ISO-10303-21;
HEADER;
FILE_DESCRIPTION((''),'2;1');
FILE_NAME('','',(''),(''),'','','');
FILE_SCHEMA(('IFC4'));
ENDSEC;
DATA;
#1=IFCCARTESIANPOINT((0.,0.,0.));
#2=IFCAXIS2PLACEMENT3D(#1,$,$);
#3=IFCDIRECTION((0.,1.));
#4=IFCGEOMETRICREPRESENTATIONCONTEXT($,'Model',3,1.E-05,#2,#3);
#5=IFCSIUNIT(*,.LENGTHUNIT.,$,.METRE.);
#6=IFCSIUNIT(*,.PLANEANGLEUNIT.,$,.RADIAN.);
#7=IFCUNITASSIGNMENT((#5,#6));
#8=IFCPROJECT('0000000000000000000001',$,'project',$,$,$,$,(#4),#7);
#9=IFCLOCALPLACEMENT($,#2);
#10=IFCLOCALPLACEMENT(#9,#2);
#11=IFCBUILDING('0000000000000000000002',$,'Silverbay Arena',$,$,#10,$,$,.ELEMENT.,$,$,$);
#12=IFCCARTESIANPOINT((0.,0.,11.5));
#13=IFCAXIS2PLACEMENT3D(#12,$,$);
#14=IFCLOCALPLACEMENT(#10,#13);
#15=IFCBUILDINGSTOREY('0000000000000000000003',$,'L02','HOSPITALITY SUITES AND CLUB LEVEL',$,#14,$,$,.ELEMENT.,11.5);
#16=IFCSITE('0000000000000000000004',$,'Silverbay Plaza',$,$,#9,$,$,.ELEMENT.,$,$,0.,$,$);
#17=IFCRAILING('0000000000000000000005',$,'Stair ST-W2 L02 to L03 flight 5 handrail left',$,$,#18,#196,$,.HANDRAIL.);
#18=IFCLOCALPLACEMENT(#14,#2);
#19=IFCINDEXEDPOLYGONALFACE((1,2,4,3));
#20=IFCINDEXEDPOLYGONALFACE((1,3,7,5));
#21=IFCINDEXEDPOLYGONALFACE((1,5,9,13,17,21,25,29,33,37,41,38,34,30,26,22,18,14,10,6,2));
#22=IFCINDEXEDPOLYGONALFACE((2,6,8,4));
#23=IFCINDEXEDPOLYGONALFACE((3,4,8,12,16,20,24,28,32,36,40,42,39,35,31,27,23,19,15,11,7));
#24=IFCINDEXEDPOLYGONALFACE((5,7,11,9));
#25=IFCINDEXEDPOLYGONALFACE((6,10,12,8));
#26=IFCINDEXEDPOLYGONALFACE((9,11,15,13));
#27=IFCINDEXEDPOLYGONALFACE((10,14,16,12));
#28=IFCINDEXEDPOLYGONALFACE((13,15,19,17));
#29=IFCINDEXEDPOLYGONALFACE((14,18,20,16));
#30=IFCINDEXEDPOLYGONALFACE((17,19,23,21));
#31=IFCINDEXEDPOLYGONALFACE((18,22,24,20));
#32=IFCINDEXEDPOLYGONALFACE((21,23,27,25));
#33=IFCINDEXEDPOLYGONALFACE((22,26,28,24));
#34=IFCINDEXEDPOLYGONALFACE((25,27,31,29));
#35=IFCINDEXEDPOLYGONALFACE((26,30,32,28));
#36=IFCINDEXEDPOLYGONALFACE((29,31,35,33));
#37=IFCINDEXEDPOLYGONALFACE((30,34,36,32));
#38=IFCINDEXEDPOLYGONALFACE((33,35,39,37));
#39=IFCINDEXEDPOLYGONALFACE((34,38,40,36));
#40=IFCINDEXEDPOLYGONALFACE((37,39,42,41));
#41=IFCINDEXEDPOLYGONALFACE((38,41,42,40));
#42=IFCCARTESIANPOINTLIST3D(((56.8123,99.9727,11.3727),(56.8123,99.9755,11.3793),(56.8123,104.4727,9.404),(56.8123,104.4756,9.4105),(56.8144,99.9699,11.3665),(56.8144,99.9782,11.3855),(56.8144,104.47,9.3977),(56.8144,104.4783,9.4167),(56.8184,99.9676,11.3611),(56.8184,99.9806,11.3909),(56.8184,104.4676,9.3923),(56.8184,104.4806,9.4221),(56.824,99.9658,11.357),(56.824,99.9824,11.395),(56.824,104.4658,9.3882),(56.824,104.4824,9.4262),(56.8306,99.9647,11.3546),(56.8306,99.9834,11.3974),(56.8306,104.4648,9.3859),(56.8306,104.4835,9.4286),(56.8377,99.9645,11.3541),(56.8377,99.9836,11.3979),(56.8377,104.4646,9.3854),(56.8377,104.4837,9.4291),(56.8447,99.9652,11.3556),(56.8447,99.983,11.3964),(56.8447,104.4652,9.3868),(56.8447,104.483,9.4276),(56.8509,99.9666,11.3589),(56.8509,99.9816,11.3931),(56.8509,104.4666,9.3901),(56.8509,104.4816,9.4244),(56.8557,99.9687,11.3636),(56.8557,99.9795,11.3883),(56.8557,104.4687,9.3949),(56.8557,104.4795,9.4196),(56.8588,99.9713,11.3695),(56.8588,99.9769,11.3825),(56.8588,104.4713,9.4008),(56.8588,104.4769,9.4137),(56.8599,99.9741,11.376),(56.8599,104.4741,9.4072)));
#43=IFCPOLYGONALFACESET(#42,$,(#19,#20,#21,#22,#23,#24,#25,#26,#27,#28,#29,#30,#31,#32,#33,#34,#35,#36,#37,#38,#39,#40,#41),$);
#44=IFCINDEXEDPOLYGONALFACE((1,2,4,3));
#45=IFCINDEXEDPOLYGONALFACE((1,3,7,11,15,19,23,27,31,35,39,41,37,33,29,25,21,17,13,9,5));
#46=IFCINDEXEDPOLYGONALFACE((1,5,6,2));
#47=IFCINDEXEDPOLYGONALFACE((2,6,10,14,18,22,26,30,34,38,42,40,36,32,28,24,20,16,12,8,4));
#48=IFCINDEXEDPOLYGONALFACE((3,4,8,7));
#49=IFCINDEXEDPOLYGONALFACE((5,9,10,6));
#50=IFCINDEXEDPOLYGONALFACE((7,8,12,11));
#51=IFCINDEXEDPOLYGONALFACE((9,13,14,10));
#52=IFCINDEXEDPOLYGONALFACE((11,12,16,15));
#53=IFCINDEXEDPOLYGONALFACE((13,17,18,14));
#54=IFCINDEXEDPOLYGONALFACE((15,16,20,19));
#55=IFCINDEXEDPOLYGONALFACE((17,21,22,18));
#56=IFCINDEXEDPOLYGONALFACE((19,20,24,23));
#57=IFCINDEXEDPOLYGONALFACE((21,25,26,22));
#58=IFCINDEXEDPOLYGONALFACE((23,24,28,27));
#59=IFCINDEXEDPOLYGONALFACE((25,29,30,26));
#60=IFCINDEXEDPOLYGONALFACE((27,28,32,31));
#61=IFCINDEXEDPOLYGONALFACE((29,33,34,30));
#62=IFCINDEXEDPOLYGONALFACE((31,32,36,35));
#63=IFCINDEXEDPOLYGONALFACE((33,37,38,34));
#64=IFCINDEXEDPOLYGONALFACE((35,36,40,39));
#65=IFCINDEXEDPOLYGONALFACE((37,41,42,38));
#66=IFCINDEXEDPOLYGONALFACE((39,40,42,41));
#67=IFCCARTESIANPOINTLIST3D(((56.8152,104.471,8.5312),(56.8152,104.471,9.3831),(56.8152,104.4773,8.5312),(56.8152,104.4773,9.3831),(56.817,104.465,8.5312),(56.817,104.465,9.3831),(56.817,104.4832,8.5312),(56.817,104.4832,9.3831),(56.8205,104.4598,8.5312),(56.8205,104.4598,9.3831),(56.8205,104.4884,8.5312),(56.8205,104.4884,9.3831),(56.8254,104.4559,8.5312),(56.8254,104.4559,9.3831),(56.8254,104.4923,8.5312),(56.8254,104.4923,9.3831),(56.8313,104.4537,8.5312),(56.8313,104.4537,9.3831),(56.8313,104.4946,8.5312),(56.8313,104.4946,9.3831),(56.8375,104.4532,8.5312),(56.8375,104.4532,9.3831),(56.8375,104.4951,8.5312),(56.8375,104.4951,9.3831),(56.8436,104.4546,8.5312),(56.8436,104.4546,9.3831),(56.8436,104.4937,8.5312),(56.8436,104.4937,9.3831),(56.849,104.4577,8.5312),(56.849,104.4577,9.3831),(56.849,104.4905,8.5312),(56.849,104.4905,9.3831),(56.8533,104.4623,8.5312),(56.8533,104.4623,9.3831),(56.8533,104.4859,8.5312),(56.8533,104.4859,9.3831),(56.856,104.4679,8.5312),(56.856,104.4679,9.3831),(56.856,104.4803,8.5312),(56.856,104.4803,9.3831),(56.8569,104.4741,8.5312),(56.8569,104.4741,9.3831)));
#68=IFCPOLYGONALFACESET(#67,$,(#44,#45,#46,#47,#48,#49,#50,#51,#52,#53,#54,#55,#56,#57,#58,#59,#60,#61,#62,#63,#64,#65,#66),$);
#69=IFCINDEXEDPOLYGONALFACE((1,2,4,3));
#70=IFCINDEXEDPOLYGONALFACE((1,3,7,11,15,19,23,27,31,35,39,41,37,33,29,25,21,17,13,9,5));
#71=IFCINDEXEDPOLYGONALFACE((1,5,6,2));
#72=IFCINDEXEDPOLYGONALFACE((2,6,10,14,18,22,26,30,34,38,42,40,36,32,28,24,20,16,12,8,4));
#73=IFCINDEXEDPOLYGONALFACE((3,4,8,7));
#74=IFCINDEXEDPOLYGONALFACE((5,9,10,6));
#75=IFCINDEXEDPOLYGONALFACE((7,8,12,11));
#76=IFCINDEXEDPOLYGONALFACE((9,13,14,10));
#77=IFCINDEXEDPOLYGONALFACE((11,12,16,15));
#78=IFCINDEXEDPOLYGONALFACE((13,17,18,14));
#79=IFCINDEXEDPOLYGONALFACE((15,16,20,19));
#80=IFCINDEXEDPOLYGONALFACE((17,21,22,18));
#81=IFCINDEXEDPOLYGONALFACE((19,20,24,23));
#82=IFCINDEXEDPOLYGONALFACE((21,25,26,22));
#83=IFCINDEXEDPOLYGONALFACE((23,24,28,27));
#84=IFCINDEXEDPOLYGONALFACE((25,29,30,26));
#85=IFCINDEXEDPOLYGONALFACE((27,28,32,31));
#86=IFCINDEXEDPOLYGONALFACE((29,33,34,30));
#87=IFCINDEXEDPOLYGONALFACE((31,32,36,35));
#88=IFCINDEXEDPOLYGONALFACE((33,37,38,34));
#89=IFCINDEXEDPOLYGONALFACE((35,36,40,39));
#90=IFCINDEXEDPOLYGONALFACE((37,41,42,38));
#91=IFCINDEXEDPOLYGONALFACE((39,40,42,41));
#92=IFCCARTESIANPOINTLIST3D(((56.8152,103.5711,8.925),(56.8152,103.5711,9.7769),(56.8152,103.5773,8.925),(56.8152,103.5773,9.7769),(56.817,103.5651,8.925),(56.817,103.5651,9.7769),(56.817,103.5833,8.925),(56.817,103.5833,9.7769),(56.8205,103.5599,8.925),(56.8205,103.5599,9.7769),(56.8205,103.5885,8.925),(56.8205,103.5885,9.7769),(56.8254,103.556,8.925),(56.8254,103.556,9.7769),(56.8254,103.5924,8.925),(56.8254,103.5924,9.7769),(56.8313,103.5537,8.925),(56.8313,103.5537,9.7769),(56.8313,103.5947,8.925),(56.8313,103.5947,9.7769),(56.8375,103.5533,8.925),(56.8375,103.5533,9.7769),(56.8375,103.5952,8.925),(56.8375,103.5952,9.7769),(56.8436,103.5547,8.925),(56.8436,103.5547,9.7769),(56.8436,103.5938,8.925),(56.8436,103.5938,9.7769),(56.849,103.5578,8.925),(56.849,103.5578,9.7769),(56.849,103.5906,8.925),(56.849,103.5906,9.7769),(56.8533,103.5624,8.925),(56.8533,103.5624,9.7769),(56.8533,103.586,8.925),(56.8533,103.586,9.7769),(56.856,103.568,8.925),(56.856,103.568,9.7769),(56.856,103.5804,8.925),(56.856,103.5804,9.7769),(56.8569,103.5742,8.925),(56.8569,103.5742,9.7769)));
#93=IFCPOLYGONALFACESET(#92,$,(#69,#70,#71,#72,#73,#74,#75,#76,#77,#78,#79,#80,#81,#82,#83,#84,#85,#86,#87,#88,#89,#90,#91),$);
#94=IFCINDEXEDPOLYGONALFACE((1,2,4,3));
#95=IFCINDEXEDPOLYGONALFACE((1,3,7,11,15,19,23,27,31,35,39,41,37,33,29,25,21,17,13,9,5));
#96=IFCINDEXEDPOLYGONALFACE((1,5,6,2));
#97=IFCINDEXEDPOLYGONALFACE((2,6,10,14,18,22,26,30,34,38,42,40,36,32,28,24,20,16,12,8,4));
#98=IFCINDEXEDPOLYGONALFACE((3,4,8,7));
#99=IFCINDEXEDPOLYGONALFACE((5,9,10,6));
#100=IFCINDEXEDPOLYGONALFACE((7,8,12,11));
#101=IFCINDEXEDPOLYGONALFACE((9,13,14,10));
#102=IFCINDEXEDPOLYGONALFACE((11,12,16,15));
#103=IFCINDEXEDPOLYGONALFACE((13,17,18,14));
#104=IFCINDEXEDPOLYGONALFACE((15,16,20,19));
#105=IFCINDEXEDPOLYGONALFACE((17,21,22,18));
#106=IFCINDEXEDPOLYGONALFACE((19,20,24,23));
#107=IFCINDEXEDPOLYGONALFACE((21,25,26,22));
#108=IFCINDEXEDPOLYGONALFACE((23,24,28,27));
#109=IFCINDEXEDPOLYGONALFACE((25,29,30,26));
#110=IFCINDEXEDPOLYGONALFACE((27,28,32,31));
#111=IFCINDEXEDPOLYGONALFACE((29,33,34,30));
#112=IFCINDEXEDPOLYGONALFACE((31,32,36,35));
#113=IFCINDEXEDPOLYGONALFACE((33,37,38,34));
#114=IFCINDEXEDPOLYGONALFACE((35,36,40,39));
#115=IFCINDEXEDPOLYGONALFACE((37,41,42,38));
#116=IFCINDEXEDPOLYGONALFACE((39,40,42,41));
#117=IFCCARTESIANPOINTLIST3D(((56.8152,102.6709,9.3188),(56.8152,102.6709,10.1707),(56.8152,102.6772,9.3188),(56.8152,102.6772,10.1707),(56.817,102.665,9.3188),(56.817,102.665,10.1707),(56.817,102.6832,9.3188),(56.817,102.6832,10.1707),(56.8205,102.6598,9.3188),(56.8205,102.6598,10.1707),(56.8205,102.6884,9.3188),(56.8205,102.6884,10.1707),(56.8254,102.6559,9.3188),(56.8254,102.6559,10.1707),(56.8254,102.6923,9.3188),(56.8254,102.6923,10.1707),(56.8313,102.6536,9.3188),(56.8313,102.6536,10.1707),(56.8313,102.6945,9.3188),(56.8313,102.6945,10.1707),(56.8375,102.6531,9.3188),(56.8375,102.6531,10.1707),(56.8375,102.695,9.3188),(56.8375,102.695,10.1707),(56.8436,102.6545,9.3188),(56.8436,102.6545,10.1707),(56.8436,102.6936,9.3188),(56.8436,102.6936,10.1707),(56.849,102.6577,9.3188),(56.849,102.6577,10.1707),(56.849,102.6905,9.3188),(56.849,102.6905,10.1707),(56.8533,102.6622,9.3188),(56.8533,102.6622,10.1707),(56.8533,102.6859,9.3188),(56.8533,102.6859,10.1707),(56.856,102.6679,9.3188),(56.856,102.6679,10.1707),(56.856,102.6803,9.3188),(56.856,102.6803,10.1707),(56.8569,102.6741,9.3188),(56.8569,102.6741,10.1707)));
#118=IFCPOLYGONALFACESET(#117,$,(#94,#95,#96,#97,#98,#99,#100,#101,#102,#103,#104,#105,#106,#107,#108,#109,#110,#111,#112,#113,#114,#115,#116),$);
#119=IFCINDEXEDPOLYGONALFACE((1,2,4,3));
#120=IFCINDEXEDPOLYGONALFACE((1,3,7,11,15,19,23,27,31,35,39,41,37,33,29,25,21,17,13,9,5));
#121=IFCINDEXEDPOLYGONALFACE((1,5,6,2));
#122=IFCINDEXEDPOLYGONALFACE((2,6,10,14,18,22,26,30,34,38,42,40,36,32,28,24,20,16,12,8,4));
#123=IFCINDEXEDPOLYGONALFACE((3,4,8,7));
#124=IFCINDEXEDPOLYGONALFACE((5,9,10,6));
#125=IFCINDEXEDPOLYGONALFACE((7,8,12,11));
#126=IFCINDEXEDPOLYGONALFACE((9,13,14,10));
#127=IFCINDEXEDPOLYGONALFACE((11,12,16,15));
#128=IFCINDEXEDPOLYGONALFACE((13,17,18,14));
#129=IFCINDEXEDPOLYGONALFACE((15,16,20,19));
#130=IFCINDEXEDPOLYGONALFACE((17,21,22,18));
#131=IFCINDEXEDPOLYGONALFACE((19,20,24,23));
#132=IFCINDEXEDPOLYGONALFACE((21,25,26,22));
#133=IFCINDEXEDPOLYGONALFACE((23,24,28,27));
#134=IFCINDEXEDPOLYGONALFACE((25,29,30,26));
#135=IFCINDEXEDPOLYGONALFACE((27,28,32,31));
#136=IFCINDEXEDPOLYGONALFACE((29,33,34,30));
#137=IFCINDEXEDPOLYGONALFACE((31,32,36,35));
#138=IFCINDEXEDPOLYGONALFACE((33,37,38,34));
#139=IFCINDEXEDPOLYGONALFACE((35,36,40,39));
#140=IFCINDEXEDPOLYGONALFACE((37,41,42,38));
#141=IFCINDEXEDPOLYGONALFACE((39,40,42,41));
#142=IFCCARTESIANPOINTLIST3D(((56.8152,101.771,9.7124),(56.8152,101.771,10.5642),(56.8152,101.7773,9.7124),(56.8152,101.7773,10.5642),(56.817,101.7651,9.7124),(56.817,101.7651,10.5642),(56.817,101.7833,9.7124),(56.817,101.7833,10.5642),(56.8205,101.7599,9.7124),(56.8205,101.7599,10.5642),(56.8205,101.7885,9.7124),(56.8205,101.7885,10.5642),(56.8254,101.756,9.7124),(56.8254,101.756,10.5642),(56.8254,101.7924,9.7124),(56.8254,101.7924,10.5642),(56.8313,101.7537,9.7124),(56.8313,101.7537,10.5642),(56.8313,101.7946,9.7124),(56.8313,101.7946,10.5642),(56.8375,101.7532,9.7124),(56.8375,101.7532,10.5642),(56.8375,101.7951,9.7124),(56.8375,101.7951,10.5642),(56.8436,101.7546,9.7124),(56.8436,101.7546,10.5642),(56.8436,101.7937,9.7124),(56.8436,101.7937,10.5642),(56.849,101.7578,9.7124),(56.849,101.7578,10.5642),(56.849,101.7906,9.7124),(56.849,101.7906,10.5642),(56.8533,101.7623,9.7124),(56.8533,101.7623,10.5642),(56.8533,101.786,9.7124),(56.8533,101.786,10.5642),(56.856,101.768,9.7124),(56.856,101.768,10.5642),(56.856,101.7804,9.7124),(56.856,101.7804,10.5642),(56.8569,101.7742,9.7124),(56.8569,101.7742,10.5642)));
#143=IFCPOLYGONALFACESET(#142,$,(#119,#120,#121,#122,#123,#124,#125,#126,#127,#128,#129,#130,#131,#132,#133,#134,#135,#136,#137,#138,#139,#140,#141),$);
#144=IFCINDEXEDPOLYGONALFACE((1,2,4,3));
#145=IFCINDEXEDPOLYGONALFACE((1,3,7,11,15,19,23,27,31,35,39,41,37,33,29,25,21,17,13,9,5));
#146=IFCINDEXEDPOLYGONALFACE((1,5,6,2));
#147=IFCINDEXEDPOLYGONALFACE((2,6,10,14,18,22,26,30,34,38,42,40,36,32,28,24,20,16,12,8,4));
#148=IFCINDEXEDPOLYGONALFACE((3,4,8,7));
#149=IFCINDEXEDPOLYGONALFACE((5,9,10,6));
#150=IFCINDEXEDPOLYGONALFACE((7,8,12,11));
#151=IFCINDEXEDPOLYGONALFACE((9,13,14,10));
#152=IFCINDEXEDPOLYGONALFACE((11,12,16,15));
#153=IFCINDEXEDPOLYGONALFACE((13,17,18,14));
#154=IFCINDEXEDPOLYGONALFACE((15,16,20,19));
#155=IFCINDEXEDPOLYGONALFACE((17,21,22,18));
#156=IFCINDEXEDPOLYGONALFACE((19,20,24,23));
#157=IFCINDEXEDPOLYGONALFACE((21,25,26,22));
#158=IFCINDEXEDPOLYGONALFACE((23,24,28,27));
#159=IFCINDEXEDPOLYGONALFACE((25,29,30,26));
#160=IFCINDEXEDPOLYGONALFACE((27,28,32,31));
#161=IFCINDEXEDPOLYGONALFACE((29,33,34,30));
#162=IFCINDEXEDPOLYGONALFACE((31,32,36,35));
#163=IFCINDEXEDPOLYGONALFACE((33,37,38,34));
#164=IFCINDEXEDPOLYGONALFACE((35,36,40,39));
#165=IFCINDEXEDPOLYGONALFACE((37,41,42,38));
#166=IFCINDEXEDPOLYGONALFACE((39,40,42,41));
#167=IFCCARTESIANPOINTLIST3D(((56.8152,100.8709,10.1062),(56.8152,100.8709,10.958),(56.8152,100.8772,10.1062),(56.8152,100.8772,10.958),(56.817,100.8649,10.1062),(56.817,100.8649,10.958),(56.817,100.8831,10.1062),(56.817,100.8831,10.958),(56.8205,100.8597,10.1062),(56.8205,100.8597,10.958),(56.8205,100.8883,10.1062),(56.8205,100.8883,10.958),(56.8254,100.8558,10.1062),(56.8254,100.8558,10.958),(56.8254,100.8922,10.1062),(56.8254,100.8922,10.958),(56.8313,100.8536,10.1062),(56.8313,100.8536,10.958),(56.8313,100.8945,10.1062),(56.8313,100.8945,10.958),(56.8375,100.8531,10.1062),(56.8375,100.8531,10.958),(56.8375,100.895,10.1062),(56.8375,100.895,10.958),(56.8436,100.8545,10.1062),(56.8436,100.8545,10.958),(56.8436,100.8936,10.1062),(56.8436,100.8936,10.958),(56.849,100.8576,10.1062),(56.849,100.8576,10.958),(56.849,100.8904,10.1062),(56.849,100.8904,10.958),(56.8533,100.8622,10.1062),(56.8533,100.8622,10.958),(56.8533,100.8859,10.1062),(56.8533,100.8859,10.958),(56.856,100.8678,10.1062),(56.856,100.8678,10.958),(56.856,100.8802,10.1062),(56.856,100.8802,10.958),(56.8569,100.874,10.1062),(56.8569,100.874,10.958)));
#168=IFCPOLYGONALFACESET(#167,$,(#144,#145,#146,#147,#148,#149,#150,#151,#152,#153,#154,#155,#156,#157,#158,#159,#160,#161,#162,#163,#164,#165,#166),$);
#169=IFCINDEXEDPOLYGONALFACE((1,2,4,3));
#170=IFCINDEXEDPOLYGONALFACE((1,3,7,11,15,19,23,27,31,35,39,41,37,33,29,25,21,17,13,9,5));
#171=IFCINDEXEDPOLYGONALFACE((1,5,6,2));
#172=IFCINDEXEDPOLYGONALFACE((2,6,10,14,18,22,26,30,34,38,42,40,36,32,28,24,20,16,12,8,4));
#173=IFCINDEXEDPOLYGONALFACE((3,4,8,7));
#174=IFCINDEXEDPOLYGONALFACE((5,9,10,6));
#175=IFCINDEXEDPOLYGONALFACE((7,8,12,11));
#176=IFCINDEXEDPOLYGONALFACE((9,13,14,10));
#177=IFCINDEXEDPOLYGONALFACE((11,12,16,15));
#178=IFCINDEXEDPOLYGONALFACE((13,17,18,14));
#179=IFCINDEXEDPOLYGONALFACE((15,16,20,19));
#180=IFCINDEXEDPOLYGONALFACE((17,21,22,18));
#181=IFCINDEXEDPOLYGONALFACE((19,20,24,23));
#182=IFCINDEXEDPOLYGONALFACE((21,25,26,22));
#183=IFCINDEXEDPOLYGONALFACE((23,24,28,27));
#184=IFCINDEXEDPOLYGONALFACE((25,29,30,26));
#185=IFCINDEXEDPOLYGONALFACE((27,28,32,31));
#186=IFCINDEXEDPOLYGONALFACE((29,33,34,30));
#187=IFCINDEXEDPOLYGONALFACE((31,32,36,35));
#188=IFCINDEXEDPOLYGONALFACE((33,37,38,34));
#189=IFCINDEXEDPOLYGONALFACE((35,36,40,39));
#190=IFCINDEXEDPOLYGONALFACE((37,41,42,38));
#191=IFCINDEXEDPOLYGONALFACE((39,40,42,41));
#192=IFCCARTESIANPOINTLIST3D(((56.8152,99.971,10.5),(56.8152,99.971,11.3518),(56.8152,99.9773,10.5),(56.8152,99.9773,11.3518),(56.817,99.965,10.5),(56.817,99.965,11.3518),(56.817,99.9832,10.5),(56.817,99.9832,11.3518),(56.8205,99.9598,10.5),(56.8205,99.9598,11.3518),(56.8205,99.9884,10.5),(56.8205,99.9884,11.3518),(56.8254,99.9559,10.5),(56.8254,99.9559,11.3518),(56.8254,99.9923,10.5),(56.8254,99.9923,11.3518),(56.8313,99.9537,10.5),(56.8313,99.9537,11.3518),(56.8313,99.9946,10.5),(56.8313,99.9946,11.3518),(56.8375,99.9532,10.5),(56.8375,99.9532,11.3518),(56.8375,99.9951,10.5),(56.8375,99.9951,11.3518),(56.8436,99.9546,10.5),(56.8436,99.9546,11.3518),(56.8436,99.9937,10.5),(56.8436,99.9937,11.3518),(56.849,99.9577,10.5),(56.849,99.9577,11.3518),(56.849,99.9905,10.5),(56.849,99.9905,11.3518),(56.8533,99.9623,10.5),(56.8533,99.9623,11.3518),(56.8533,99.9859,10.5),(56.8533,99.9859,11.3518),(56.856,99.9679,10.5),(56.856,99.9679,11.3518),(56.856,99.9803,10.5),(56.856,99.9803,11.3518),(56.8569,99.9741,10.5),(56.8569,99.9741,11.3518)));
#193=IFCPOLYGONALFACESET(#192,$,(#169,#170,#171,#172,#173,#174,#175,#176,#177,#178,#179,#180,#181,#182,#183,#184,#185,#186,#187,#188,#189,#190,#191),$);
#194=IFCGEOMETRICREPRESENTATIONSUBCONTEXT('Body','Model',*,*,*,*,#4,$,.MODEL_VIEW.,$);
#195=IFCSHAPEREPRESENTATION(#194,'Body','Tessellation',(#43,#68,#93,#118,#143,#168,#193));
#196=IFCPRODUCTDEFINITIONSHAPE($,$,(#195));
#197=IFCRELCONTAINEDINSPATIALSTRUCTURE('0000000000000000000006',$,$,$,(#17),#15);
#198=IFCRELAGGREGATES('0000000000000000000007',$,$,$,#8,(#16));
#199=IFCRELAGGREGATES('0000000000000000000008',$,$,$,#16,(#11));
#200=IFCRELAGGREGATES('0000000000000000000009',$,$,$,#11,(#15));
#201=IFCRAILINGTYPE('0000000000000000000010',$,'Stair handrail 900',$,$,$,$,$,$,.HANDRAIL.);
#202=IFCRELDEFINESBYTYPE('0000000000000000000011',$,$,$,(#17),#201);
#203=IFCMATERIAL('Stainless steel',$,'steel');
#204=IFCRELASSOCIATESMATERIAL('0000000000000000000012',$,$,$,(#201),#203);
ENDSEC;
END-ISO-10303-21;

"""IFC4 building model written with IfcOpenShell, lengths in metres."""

from ifc_helpers import new_model, si_unit, direction, frame, origin, origin_2d, place, context, subcontext, project, spatial, circle, extrude, material, type_object, element, save


model = new_model("IFC4")

# Units and contexts
model_context = context("Model", 3, precision=1e-05, world=origin(), true_north=direction((0.0, 1.0)))
body_context = subcontext(model_context, "Body", "Model", "MODEL_VIEW")
ifc_project = project(units=[si_unit("LENGTHUNIT", "METRE"), si_unit("PLANEANGLEUNIT", "RADIAN")], contexts=[model_context])

# Site, building, storey
site_placement = place(None, origin())
site = spatial("IfcSite", under=ifc_project, at=site_placement, Name="Silverbay Plaza", CompositionType="ELEMENT", RefElevation=0.0)
building_placement = place(site_placement, origin())
building = spatial("IfcBuilding", under=site, at=building_placement, Name="Silverbay Arena", CompositionType="ELEMENT")
storey_placement = place(building_placement, frame((0.0, 0.0, 11.5)))
storey = spatial("IfcBuildingStorey", under=building, at=storey_placement, Name="L02", Description="HOSPITALITY SUITES AND CLUB LEVEL", CompositionType="ELEMENT", Elevation=11.5)

# Railing
ifc_material_1 = material(Name="Stainless steel", Category="steel")
railing_type_1 = type_object("IfcRailingType", Name="Stair handrail 900", PredefinedType="HANDRAIL", material=ifc_material_1)
for number, where, name in (
    (1, (56.8359, 104.4741, 8.5312), "Stair ST-W2 L02 to L03 flight 5 handrail left"),
):
    element("IfcRailing", number, at=place(storey_placement, frame(where)), inside=storey, type_object=railing_type_1, Name=name, PredefinedType="HANDRAIL", context=body_context, shape_type="SweptSolid", body=[
        extrude(circle(Radius=0.0239, at=origin_2d()), frame((0.0, 0.0, 0.876), z_axis=(0.0, -0.916157, 0.400819), x_axis=(1.0, 0.0, 0.0)), (0.0, 0.0, 1.0), 4.9119),
        extrude(circle(Radius=0.021, at=origin_2d()), origin(), (0.0, 0.0, 1.0), 0.8518),
        extrude(circle(Radius=0.021, at=origin_2d()), frame((0.0, -0.8999, 0.3938)), (0.0, 0.0, 1.0), 0.8518),
        extrude(circle(Radius=0.021, at=origin_2d()), frame((0.0, -1.8, 0.7876)), (0.0, 0.0, 1.0), 0.8518),
        extrude(circle(Radius=0.021, at=origin_2d()), frame((0.0, -2.7, 1.1812)), (0.0, 0.0, 1.0), 0.8518),
        extrude(circle(Radius=0.021, at=origin_2d()), frame((0.0, -3.6001, 1.575)), (0.0, 0.0, 1.0), 0.8518),
        extrude(circle(Radius=0.021, at=origin_2d()), frame((0.0, -4.5, 1.9688)), (0.0, 0.0, 1.0), 0.8518),
    ])

save(model, "model.ifc")
